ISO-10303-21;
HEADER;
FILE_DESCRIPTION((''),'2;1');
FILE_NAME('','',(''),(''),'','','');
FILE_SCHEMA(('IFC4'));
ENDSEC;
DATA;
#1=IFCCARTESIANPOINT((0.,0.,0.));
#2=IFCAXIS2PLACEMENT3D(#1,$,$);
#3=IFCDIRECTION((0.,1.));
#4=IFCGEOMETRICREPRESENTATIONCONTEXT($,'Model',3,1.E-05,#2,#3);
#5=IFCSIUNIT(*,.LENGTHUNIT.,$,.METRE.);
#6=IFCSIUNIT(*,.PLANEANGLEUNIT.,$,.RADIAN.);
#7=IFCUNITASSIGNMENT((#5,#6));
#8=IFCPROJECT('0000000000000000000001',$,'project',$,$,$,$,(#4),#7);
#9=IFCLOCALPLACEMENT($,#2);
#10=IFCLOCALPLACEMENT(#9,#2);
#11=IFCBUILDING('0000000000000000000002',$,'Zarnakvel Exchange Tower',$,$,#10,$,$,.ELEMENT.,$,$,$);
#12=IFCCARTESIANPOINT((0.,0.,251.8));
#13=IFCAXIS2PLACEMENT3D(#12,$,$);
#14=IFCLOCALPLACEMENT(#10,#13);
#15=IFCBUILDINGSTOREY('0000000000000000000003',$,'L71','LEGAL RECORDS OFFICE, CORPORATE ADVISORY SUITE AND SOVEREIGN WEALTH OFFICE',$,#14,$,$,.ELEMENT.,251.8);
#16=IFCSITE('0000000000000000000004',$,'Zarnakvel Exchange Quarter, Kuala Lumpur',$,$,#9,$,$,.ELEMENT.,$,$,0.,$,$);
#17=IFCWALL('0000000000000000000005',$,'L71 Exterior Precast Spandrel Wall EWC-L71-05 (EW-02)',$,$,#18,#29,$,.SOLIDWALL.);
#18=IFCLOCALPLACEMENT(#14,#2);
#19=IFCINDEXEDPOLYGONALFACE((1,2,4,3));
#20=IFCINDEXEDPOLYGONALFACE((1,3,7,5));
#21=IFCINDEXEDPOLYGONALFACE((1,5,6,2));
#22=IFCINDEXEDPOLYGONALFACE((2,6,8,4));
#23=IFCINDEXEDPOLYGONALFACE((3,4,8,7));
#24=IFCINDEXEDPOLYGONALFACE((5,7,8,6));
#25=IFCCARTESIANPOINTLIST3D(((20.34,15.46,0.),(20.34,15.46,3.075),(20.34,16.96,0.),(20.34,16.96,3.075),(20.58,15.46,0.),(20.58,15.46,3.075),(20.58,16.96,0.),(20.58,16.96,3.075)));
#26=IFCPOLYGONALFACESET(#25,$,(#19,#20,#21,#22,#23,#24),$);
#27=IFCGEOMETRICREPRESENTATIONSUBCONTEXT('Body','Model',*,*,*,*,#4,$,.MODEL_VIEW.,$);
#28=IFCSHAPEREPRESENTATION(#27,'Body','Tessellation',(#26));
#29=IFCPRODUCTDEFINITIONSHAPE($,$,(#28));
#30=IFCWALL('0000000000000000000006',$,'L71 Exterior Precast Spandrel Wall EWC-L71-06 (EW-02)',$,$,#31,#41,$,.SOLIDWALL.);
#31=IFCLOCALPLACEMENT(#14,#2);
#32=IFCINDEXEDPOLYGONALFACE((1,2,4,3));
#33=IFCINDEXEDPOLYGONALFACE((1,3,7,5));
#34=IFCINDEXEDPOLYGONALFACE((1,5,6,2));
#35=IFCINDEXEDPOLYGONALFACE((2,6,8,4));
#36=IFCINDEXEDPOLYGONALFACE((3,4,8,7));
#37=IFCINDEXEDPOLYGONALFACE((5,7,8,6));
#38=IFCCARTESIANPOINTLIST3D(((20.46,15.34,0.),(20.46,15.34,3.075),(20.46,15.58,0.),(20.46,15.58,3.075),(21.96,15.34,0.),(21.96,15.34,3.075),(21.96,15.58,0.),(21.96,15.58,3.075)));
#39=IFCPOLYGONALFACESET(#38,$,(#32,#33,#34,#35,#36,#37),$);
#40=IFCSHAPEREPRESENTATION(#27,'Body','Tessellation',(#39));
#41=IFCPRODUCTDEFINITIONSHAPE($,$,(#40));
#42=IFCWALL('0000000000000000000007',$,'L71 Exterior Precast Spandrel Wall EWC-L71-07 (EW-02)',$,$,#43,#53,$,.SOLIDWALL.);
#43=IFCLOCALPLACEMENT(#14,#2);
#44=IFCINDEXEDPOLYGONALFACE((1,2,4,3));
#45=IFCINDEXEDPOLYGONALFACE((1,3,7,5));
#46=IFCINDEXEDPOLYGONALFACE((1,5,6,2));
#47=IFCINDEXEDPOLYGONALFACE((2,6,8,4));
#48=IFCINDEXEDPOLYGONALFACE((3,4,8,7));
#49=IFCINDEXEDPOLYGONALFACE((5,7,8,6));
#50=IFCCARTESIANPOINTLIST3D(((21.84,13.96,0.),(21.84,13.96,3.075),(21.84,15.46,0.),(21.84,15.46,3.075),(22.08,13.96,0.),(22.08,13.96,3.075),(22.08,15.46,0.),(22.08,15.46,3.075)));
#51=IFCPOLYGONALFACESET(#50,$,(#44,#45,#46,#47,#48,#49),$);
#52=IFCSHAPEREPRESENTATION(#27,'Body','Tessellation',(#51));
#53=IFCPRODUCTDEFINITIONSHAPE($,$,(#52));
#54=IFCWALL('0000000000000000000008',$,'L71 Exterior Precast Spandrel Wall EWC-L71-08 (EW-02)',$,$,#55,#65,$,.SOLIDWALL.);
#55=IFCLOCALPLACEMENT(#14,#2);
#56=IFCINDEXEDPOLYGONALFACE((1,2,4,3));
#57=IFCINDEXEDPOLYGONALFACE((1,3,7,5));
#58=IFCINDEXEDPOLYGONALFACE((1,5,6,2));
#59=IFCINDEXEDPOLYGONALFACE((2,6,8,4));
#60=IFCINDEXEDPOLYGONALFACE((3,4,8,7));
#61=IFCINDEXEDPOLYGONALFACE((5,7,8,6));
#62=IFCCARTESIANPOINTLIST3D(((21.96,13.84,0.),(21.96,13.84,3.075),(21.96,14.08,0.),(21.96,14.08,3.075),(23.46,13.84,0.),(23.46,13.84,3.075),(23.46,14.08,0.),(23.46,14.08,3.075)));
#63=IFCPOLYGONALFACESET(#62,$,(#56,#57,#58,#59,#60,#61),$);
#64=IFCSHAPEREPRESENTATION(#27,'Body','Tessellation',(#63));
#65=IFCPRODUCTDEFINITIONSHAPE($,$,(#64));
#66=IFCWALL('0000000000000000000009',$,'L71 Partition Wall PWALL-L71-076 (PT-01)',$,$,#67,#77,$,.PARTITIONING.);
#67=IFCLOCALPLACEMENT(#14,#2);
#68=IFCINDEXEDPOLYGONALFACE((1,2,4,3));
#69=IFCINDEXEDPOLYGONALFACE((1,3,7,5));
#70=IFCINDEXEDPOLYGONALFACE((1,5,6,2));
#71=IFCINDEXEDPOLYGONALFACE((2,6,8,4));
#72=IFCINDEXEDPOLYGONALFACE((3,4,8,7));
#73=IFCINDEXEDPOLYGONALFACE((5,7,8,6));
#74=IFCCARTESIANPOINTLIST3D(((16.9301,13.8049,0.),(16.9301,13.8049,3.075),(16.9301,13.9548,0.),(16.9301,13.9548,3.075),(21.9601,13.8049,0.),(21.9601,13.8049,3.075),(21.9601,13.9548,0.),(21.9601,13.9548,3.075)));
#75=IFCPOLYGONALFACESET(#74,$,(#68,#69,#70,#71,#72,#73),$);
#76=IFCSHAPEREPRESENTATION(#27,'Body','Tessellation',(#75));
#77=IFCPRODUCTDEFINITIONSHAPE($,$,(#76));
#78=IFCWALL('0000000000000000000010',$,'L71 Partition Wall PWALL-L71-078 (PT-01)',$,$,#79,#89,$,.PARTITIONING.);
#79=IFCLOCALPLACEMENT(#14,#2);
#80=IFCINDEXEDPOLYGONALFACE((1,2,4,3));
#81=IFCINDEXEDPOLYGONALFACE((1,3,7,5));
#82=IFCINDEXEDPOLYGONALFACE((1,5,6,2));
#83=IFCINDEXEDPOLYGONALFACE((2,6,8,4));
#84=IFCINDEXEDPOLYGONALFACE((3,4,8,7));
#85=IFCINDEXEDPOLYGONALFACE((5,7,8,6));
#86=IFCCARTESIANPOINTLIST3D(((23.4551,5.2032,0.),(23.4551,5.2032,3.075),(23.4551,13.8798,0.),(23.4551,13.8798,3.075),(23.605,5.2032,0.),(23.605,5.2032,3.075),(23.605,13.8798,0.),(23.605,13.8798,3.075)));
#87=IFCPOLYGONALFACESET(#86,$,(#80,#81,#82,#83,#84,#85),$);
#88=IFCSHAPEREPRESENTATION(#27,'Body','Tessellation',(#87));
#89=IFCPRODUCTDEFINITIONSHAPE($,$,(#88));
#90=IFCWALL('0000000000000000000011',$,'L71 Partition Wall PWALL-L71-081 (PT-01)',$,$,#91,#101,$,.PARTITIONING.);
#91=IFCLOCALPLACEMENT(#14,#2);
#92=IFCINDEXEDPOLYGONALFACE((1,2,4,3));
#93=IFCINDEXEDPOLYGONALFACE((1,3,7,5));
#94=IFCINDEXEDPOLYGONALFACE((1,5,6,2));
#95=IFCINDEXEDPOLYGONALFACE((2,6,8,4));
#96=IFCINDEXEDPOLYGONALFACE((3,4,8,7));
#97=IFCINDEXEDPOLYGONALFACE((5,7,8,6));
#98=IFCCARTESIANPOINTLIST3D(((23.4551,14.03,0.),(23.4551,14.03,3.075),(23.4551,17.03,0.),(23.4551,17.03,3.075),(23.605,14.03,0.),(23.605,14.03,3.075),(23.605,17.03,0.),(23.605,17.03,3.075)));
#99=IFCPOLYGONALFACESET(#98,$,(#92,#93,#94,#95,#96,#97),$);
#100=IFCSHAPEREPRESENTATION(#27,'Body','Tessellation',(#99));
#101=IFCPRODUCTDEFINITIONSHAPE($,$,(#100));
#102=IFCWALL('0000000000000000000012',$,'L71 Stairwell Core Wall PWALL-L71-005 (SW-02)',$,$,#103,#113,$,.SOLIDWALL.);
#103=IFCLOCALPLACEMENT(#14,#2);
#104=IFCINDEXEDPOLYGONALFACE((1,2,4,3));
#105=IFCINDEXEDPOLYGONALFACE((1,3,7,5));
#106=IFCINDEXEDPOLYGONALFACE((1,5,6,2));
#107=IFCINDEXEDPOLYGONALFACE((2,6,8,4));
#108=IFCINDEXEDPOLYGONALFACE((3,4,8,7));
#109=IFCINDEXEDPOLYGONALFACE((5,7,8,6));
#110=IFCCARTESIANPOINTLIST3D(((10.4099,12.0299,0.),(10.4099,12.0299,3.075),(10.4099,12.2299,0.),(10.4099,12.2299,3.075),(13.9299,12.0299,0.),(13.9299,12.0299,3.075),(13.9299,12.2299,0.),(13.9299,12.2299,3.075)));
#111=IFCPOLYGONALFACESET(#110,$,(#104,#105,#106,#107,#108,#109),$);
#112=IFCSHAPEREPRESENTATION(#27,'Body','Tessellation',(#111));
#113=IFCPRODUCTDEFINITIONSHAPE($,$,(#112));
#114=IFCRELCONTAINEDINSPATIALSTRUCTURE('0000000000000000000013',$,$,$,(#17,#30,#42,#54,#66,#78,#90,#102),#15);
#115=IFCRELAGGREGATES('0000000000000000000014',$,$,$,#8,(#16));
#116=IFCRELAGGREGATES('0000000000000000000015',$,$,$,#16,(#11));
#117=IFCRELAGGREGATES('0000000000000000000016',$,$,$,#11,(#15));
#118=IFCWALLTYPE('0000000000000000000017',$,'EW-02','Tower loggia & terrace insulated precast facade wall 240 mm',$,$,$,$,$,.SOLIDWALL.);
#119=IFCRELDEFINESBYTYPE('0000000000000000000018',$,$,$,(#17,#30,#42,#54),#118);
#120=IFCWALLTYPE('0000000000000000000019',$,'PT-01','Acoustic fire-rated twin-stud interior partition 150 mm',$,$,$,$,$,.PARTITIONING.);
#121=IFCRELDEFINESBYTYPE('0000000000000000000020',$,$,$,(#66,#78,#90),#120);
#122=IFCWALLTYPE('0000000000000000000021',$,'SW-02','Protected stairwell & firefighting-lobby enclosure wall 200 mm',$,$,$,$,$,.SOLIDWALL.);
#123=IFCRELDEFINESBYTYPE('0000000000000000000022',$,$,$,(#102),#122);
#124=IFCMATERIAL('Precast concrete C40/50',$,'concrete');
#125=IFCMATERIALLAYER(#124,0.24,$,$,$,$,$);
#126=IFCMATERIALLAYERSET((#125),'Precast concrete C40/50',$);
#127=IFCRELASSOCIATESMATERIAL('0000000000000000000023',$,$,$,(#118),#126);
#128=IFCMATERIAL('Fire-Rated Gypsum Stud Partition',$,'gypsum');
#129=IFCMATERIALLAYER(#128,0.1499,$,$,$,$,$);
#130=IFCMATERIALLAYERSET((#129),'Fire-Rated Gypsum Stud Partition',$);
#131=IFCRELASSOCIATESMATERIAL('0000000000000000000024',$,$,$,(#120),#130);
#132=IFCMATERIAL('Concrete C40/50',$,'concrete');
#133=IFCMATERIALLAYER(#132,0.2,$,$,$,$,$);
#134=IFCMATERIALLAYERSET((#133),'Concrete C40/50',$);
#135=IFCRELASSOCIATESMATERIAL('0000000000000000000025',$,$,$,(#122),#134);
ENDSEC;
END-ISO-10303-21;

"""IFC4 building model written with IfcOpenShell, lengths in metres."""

from ifc_helpers import new_model, si_unit, direction, frame, frame_2d, origin, place, context, subcontext, project, spatial, rectangle, extrude, material, layer, layer_set, type_object, element, save


model = new_model("IFC4")

# Units and contexts
model_context = context("Model", 3, precision=1e-05, world=origin(), true_north=direction((0.0, 1.0)))
body_context = subcontext(model_context, "Body", "Model", "MODEL_VIEW")
ifc_project = project(units=[si_unit("LENGTHUNIT", "METRE"), si_unit("PLANEANGLEUNIT", "RADIAN")], contexts=[model_context])

# Site, building, storey
site_placement = place(None, origin())
site = spatial("IfcSite", under=ifc_project, at=site_placement, Name="Zarnakvel Exchange Quarter, Kuala Lumpur", CompositionType="ELEMENT", RefElevation=0.0)
building_placement = place(site_placement, origin())
building = spatial("IfcBuilding", under=site, at=building_placement, Name="Zarnakvel Exchange Tower", CompositionType="ELEMENT")
storey_placement = place(building_placement, frame((0.0, 0.0, 251.8)))
storey = spatial("IfcBuildingStorey", under=building, at=storey_placement, Name="L71", Description="LEGAL RECORDS OFFICE, CORPORATE ADVISORY SUITE AND SOVEREIGN WEALTH OFFICE", CompositionType="ELEMENT", Elevation=251.8)

# Walls
ifc_material_1 = material(Name="Precast concrete C40/50", Category="concrete")
ifc_layer_1 = layer(ifc_material_1, 0.24)
ifc_layer_set_1 = layer_set([ifc_layer_1], Name="Precast concrete C40/50")
wall_type_1 = type_object("IfcWallType", Name="EW-02", Description="Tower loggia & terrace insulated precast facade wall 240 mm", PredefinedType="SOLIDWALL", material=ifc_layer_set_1)
for number, where, z_axis, x_axis, name in (
    (1, (20.46, 15.46, 0.0), (0.0, 0.0, 1.0), (0.0, 1.0, 0.0), "L71 Exterior Precast Spandrel Wall EWC-L71-05 (EW-02)"),
    (2, (21.96, 15.46, 0.0), (0.0, 0.0, 1.0), (-1.0, 0.0, 0.0), "L71 Exterior Precast Spandrel Wall EWC-L71-06 (EW-02)"),
    (3, (21.96, 13.96, 0.0), (0.0, 0.0, 1.0), (0.0, 1.0, 0.0), "L71 Exterior Precast Spandrel Wall EWC-L71-07 (EW-02)"),
    (4, (23.46, 13.96, 0.0), (0.0, 0.0, 1.0), (-1.0, 0.0, 0.0), "L71 Exterior Precast Spandrel Wall EWC-L71-08 (EW-02)"),
):
    element("IfcWall", number, at=place(storey_placement, frame(where, z_axis=z_axis, x_axis=x_axis)), inside=storey, type_object=wall_type_1, Name=name, PredefinedType="SOLIDWALL", context=body_context, shape_type="SweptSolid", body=[
        extrude(rectangle(XDim=1.5, YDim=0.24, at=frame_2d((0.75, 0.0))), origin(), (0.0, 0.0, 1.0), 3.075),
    ])
ifc_material_2 = material(Name="Fire-Rated Gypsum Stud Partition", Category="gypsum")
ifc_layer_2 = layer(ifc_material_2, 0.1499)
ifc_layer_set_2 = layer_set([ifc_layer_2], Name="Fire-Rated Gypsum Stud Partition")
wall_type_2 = type_object("IfcWallType", Name="PT-01", Description="Acoustic fire-rated twin-stud interior partition 150 mm", PredefinedType="PARTITIONING", material=ifc_layer_set_2)
wall_1_placement = place(storey_placement, frame((16.9299, 13.8799, 0.0), z_axis=(0.0, 0.0, 1.0), x_axis=(1.0, 0.0, 0.0)))
element("IfcWall", 5, at=wall_1_placement, inside=storey, type_object=wall_type_2, Name="L71 Partition Wall PWALL-L71-076 (PT-01)", PredefinedType="PARTITIONING", context=body_context, shape_type="SweptSolid", body=[
    extrude(rectangle(XDim=5.03, YDim=0.1499, at=frame_2d((2.5151, 0.0))), origin(), (0.0, 0.0, 1.0), 3.075),
])
wall_2_placement = place(storey_placement, frame((23.53, 13.8799, 0.0), z_axis=(0.0, 0.0, 1.0), x_axis=(0.0, -1.0, 0.0)))
element("IfcWall", 6, at=wall_2_placement, inside=storey, type_object=wall_type_2, Name="L71 Partition Wall PWALL-L71-078 (PT-01)", PredefinedType="PARTITIONING", context=body_context, shape_type="SweptSolid", body=[
    extrude(rectangle(XDim=8.6765, YDim=0.1499, at=frame_2d((4.3384, 0.0))), origin(), (0.0, 0.0, 1.0), 3.075),
])
wall_3_placement = place(storey_placement, frame((23.53, 17.03, 0.0), z_axis=(0.0, 0.0, 1.0), x_axis=(0.0, -1.0, 0.0)))
element("IfcWall", 7, at=wall_3_placement, inside=storey, type_object=wall_type_2, Name="L71 Partition Wall PWALL-L71-081 (PT-01)", PredefinedType="PARTITIONING", context=body_context, shape_type="SweptSolid", body=[
    extrude(rectangle(XDim=3.0, YDim=0.1499, at=frame_2d((1.5, 0.0))), origin(), (0.0, 0.0, 1.0), 3.075),
])
ifc_material_3 = material(Name="Concrete C40/50", Category="concrete")
ifc_layer_3 = layer(ifc_material_3, 0.2)
ifc_layer_set_3 = layer_set([ifc_layer_3], Name="Concrete C40/50")
wall_type_3 = type_object("IfcWallType", Name="SW-02", Description="Protected stairwell & firefighting-lobby enclosure wall 200 mm", PredefinedType="SOLIDWALL", material=ifc_layer_set_3)
wall_4_placement = place(storey_placement, frame((10.4099, 12.1299, 0.0), z_axis=(0.0, 0.0, 1.0), x_axis=(1.0, 0.0, 0.0)))
element("IfcWall", 8, at=wall_4_placement, inside=storey, type_object=wall_type_3, Name="L71 Stairwell Core Wall PWALL-L71-005 (SW-02)", PredefinedType="SOLIDWALL", context=body_context, shape_type="SweptSolid", body=[
    extrude(rectangle(XDim=3.52, YDim=0.2, at=frame_2d((1.76, 0.0))), origin(), (0.0, 0.0, 1.0), 3.075),
])

save(model, "model.ifc")
